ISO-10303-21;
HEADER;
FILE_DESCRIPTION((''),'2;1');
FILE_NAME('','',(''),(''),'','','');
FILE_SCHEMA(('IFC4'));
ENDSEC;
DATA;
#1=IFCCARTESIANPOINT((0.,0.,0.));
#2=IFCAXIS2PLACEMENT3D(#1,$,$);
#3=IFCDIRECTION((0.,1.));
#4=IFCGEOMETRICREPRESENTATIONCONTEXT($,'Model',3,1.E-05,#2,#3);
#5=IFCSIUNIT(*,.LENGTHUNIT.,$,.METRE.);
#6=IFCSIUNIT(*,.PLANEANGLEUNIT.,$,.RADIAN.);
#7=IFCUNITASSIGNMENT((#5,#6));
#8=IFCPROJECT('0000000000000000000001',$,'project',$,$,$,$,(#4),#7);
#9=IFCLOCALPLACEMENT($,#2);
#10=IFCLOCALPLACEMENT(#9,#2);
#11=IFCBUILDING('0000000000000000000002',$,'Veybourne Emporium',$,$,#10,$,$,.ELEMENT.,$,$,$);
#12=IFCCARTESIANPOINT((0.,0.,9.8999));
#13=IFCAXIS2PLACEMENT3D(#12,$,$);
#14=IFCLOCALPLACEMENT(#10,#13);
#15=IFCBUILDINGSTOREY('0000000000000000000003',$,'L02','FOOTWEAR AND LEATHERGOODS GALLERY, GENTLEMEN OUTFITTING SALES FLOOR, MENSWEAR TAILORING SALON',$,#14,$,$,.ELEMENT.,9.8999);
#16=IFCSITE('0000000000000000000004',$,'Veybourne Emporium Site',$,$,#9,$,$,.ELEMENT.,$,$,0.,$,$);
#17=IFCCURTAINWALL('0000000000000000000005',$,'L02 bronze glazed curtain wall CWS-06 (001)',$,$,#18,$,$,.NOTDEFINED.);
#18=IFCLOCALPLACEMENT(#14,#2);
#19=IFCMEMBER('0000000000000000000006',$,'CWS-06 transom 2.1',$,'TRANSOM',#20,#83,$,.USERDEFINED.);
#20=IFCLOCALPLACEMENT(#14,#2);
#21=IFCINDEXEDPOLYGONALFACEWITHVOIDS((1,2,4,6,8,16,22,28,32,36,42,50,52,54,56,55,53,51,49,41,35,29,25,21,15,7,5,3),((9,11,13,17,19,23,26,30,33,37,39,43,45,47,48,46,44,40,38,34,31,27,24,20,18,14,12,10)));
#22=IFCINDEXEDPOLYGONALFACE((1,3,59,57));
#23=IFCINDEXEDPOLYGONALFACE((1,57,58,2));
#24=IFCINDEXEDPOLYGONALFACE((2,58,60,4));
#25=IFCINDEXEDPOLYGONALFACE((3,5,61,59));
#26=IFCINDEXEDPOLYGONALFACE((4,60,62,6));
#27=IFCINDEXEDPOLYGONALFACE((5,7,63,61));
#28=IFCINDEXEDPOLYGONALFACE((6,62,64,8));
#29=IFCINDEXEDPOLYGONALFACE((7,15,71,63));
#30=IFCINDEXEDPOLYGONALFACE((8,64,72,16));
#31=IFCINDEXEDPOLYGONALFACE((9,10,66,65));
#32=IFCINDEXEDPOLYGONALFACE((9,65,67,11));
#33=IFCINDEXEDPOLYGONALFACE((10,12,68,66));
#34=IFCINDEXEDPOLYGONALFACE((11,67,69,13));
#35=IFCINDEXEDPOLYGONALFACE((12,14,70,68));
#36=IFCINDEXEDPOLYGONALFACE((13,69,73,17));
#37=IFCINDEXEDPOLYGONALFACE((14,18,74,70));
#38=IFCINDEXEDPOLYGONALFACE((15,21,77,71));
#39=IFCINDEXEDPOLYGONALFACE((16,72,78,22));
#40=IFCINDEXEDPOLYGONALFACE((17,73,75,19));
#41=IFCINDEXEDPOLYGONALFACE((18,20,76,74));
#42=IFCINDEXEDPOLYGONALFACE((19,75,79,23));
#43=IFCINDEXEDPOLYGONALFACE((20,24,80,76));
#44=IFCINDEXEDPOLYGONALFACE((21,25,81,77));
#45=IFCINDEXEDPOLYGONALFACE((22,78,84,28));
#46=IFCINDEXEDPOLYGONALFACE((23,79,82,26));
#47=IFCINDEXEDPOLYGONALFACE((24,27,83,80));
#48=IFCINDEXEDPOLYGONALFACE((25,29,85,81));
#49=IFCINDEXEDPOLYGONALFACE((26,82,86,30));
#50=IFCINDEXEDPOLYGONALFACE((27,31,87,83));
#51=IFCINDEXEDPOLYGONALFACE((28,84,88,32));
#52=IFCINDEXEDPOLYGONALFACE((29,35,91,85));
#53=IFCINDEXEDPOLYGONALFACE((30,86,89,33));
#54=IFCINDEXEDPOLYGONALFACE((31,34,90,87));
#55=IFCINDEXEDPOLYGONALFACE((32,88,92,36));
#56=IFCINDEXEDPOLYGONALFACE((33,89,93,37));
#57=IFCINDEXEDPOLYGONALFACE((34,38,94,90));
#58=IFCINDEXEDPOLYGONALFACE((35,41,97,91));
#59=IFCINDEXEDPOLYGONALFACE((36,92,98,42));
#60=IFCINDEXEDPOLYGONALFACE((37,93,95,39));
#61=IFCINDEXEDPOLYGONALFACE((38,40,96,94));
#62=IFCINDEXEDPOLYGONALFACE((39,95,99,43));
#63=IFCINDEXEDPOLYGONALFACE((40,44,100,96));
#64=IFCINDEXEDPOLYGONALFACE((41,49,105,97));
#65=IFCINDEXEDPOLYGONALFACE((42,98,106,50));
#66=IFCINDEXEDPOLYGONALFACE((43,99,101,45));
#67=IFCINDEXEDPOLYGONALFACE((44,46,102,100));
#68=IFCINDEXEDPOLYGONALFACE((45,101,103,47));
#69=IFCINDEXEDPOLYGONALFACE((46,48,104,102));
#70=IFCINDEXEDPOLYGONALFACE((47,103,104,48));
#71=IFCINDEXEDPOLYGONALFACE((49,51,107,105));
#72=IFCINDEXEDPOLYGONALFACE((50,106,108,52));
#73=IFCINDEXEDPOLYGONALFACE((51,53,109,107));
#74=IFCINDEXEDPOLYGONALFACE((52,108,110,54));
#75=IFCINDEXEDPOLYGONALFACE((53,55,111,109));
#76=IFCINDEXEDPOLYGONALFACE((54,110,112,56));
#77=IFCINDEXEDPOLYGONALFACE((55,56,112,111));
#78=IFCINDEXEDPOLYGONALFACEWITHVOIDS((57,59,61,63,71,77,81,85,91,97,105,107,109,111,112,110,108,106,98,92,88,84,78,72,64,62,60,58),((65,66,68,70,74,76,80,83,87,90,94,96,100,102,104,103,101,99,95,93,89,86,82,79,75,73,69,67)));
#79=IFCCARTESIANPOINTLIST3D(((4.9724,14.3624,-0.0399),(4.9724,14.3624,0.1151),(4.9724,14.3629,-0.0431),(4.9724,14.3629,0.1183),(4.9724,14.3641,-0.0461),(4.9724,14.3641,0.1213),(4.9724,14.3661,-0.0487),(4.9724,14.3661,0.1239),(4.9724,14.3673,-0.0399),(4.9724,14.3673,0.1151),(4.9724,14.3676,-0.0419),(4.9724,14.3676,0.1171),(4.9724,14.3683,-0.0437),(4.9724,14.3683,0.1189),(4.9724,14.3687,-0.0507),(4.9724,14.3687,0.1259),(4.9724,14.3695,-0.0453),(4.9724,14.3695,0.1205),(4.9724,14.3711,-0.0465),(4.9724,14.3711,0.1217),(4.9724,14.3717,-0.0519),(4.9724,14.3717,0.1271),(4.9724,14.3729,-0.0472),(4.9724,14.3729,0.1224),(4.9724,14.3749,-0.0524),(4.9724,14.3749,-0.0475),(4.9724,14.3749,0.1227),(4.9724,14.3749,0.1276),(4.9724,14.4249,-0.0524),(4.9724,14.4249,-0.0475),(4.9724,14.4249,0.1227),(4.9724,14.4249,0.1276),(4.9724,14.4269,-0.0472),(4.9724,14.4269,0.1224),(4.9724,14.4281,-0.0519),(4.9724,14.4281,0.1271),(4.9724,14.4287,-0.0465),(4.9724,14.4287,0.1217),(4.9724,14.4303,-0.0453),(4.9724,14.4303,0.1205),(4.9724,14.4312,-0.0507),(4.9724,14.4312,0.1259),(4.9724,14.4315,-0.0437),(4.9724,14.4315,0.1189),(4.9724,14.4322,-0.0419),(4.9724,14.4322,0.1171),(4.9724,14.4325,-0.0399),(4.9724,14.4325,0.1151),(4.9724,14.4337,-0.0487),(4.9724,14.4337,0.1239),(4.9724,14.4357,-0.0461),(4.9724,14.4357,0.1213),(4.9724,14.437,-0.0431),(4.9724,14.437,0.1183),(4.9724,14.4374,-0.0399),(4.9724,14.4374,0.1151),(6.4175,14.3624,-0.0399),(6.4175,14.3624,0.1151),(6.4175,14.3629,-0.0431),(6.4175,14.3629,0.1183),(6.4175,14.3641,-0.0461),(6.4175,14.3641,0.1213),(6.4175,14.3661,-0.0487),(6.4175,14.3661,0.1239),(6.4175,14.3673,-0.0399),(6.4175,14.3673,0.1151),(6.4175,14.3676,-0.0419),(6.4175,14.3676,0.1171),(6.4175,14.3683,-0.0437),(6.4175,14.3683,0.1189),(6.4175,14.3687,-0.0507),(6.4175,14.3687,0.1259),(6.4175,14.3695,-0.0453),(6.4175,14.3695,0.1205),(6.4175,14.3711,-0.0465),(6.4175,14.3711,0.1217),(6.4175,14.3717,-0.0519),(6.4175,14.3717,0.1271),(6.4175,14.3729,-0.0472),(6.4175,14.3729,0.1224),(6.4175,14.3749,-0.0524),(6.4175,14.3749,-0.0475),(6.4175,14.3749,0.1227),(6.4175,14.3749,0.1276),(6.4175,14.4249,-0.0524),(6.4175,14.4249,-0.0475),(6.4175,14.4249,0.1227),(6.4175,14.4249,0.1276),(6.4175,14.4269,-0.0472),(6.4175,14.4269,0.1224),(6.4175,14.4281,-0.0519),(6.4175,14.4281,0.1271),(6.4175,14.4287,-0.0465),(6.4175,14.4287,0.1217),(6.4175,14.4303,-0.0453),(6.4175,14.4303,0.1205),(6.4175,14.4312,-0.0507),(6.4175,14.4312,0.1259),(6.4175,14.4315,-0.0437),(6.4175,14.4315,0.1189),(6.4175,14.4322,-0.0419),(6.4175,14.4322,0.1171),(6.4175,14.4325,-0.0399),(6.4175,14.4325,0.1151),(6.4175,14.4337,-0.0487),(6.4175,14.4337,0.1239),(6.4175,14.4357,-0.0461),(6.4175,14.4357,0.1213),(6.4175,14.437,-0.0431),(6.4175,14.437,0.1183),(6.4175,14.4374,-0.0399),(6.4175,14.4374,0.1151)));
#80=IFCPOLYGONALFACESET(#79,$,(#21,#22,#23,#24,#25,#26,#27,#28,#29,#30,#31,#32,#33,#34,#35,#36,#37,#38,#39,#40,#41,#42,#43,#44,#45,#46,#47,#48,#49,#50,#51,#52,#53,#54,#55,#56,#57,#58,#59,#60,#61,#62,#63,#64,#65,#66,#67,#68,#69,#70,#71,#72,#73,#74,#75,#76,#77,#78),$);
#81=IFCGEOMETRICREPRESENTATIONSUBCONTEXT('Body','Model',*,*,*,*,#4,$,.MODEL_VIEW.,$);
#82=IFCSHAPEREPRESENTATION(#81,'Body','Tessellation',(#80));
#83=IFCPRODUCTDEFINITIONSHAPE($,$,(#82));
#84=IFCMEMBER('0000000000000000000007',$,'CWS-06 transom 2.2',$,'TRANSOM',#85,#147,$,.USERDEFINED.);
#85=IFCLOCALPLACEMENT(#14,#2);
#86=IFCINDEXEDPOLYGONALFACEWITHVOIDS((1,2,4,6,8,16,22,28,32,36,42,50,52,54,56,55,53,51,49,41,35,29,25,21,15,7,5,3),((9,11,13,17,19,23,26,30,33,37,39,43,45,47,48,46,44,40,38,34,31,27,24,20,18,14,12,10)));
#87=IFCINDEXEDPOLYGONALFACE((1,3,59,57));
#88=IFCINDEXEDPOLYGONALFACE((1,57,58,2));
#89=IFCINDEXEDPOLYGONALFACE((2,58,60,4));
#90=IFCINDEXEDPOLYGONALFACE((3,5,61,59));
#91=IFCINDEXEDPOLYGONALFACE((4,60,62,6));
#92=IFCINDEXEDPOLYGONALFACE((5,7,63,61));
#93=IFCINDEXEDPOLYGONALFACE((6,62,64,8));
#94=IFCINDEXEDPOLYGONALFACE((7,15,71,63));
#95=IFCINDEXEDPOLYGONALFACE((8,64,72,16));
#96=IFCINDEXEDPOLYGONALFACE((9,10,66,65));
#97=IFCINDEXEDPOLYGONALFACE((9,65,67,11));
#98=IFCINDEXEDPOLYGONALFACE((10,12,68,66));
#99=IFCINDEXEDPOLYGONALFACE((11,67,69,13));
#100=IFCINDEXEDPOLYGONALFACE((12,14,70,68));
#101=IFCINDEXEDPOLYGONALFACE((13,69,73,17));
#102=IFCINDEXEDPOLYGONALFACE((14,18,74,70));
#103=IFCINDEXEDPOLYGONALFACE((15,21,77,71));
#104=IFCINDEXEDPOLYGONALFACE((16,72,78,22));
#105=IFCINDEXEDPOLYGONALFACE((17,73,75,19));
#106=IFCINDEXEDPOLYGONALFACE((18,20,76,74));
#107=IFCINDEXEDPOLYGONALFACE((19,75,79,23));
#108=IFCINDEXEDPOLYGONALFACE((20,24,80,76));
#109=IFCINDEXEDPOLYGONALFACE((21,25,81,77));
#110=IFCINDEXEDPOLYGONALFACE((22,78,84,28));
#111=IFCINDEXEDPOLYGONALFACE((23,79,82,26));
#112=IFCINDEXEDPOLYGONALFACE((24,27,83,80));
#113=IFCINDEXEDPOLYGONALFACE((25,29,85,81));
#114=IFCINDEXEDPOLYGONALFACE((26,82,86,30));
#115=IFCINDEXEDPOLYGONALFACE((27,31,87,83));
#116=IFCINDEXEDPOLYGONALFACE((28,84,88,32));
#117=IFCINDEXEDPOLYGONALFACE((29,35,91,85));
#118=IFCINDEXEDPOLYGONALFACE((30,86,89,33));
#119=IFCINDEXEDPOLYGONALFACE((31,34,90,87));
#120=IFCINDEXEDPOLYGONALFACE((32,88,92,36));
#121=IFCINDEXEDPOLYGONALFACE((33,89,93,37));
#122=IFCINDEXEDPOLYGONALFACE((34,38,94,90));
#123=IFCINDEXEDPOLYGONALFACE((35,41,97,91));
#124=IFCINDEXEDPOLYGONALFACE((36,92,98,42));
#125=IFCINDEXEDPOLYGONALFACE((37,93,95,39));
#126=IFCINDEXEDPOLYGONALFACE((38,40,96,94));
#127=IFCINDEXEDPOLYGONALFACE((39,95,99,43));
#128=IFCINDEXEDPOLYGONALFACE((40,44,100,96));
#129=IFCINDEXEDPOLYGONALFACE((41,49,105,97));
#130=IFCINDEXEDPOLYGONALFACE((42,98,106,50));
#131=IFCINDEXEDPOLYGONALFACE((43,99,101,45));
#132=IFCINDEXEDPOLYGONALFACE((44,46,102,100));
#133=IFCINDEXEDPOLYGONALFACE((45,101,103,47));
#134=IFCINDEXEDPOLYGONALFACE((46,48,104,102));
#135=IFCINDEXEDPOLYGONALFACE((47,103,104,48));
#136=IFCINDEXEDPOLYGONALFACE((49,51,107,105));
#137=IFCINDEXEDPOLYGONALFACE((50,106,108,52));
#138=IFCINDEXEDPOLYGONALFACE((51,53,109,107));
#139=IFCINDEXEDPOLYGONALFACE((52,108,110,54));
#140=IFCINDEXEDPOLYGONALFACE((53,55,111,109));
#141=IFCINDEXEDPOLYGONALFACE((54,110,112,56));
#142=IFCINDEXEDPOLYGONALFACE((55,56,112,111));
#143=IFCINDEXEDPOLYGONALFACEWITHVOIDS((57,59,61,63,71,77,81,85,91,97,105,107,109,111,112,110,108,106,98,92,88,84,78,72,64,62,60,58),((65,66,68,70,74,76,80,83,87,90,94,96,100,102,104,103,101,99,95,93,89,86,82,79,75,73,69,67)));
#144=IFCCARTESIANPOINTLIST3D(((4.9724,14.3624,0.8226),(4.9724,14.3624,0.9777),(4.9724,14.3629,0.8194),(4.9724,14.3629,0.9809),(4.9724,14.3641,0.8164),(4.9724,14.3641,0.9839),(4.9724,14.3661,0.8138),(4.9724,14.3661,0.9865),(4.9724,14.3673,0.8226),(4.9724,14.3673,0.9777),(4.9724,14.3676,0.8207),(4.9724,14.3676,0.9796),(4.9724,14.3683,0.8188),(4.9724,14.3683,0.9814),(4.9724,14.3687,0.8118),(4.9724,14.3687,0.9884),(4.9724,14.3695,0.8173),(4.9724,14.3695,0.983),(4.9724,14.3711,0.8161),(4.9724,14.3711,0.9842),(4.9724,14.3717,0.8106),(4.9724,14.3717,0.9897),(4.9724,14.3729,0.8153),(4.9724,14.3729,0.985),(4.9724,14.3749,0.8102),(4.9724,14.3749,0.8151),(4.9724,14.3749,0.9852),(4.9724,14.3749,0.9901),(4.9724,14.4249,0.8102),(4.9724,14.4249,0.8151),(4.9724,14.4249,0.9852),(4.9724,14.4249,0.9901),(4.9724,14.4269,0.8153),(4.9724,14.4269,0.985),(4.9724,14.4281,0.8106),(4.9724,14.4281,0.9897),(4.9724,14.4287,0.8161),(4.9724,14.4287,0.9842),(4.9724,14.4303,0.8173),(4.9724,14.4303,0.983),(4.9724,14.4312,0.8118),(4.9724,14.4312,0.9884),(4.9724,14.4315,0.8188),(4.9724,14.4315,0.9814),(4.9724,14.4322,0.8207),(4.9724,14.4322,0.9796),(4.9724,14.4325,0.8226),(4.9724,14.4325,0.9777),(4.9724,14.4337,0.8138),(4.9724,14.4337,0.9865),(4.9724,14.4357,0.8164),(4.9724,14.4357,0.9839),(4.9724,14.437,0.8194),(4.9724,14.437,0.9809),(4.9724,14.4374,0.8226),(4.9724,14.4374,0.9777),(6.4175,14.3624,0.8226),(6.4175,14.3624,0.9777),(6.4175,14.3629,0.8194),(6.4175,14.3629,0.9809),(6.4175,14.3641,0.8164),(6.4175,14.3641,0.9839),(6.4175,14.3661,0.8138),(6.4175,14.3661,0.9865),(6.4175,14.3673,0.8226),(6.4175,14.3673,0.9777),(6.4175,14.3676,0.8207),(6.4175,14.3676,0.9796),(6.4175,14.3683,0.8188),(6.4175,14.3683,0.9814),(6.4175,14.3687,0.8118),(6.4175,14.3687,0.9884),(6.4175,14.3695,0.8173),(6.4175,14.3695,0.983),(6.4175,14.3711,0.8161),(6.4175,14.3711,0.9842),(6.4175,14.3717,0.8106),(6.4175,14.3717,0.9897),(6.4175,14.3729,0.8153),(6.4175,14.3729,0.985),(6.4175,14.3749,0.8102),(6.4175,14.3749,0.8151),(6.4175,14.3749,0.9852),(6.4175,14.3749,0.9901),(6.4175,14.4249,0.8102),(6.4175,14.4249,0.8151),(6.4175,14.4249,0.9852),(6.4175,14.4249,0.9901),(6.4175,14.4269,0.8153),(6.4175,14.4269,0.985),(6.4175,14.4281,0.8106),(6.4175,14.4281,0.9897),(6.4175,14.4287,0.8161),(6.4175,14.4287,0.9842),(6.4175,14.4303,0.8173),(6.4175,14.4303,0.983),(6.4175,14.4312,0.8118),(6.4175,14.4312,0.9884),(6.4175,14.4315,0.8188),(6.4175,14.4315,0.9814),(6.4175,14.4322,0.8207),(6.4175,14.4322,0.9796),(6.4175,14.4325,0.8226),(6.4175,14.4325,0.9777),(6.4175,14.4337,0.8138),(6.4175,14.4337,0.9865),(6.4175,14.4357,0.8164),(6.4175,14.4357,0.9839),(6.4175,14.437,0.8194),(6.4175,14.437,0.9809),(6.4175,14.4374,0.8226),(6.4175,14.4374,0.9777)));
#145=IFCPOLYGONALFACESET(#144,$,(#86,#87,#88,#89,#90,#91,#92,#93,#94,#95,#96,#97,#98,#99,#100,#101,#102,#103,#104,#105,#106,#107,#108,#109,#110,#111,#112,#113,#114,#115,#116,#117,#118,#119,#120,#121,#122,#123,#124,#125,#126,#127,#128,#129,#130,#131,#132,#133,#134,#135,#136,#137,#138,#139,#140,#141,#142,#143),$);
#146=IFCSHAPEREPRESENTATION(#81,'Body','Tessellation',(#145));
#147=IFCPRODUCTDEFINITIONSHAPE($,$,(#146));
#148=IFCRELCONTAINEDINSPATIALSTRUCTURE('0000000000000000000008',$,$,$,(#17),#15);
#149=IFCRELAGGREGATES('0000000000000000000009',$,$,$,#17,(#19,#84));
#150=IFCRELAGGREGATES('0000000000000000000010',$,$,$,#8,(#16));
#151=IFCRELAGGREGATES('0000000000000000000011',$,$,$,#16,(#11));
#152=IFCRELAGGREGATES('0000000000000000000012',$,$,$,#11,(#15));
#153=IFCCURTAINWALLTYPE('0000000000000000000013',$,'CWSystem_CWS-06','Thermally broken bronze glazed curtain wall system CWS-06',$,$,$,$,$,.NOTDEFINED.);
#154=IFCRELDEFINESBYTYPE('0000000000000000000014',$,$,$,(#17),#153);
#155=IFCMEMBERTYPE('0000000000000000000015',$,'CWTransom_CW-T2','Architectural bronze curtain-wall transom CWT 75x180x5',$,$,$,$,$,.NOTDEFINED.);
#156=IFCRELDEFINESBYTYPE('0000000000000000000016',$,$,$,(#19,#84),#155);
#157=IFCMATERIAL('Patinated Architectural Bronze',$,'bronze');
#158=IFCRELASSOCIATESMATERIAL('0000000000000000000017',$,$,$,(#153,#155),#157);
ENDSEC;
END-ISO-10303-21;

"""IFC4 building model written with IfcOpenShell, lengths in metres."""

from ifc_helpers import new_model, si_unit, direction, frame, origin, origin_2d, place, context, subcontext, project, spatial, hollow_rectangle, extrude, material, material_profile, profile_set, type_object, element, aggregate, save


model = new_model("IFC4")

# Units and contexts
model_context = context("Model", 3, precision=1e-05, world=origin(), true_north=direction((0.0, 1.0)))
body_context = subcontext(model_context, "Body", "Model", "MODEL_VIEW")
ifc_project = project(units=[si_unit("LENGTHUNIT", "METRE"), si_unit("PLANEANGLEUNIT", "RADIAN")], contexts=[model_context])

# Site, building, storey
site_placement = place(None, origin())
site = spatial("IfcSite", under=ifc_project, at=site_placement, Name="Veybourne Emporium Site", CompositionType="ELEMENT", RefElevation=0.0)
building_placement = place(site_placement, origin())
building = spatial("IfcBuilding", under=site, at=building_placement, Name="Veybourne Emporium", CompositionType="ELEMENT")
storey_placement = place(building_placement, frame((0.0, 0.0, 9.8999)))
storey = spatial("IfcBuildingStorey", under=building, at=storey_placement, Name="L02", Description="FOOTWEAR AND LEATHERGOODS GALLERY, GENTLEMEN OUTFITTING SALES FLOOR, MENSWEAR TAILORING SALON", CompositionType="ELEMENT", Elevation=9.8999)

# Curtain wall, members
ifc_material_1 = material(Name="Patinated Architectural Bronze", Category="bronze")
curtain_wall_type = type_object("IfcCurtainWallType", Name="CWSystem_CWS-06", Description="Thermally broken bronze glazed curtain wall system CWS-06", PredefinedType="NOTDEFINED", material=ifc_material_1)
curtain_wall_placement = place(storey_placement, origin())
curtain_wall = element("IfcCurtainWall", 1, at=curtain_wall_placement, inside=storey, type_object=curtain_wall_type, Name="L02 bronze glazed curtain wall CWS-06 (001)", PredefinedType="NOTDEFINED")
ifc_material_profile_1 = material_profile(ifc_material_1, hollow_rectangle(XDim=0.075, YDim=0.1799, WallThickness=0.0049, InnerFilletRadius=0.0076, OuterFilletRadius=0.0125, at=origin_2d()), Name="CWT 75x180x5")
ifc_profile_set_1 = profile_set([ifc_material_profile_1], Name="Patinated Architectural Bronze")
member_type_1 = type_object("IfcMemberType", Name="CWTransom_CW-T2", Description="Architectural bronze curtain-wall transom CWT 75x180x5", PredefinedType="NOTDEFINED", material=ifc_profile_set_1)
member_1_placement = place(storey_placement, frame((6.4175, 14.3999, 0.0376), z_axis=(-1.0, 0.0, 0.0), x_axis=(0.0, -1.0, 0.0)))
member_1 = element("IfcMember", 2, at=member_1_placement, type_object=member_type_1, Name="CWS-06 transom 2.1", ObjectType="TRANSOM", PredefinedType="USERDEFINED", context=body_context, shape_type="SweptSolid", body=[
    extrude(hollow_rectangle(XDim=0.075, YDim=0.1799, WallThickness=0.0049, InnerFilletRadius=0.0076, OuterFilletRadius=0.0125, at=origin_2d()), origin(), (0.0, 0.0, 1.0), 1.4451),
])
member_2_placement = place(storey_placement, frame((6.4175, 14.3999, 0.9001), z_axis=(-1.0, 0.0, 0.0), x_axis=(0.0, -1.0, 0.0)))
member_2 = element("IfcMember", 3, at=member_2_placement, type_object=member_type_1, Name="CWS-06 transom 2.2", ObjectType="TRANSOM", PredefinedType="USERDEFINED", context=body_context, shape_type="SweptSolid", body=[
    extrude(hollow_rectangle(XDim=0.075, YDim=0.1799, WallThickness=0.0049, InnerFilletRadius=0.0076, OuterFilletRadius=0.0125, at=origin_2d()), origin(), (0.0, 0.0, 1.0), 1.4451),
])
aggregate(curtain_wall, [member_1, member_2])

save(model, "model.ifc")
